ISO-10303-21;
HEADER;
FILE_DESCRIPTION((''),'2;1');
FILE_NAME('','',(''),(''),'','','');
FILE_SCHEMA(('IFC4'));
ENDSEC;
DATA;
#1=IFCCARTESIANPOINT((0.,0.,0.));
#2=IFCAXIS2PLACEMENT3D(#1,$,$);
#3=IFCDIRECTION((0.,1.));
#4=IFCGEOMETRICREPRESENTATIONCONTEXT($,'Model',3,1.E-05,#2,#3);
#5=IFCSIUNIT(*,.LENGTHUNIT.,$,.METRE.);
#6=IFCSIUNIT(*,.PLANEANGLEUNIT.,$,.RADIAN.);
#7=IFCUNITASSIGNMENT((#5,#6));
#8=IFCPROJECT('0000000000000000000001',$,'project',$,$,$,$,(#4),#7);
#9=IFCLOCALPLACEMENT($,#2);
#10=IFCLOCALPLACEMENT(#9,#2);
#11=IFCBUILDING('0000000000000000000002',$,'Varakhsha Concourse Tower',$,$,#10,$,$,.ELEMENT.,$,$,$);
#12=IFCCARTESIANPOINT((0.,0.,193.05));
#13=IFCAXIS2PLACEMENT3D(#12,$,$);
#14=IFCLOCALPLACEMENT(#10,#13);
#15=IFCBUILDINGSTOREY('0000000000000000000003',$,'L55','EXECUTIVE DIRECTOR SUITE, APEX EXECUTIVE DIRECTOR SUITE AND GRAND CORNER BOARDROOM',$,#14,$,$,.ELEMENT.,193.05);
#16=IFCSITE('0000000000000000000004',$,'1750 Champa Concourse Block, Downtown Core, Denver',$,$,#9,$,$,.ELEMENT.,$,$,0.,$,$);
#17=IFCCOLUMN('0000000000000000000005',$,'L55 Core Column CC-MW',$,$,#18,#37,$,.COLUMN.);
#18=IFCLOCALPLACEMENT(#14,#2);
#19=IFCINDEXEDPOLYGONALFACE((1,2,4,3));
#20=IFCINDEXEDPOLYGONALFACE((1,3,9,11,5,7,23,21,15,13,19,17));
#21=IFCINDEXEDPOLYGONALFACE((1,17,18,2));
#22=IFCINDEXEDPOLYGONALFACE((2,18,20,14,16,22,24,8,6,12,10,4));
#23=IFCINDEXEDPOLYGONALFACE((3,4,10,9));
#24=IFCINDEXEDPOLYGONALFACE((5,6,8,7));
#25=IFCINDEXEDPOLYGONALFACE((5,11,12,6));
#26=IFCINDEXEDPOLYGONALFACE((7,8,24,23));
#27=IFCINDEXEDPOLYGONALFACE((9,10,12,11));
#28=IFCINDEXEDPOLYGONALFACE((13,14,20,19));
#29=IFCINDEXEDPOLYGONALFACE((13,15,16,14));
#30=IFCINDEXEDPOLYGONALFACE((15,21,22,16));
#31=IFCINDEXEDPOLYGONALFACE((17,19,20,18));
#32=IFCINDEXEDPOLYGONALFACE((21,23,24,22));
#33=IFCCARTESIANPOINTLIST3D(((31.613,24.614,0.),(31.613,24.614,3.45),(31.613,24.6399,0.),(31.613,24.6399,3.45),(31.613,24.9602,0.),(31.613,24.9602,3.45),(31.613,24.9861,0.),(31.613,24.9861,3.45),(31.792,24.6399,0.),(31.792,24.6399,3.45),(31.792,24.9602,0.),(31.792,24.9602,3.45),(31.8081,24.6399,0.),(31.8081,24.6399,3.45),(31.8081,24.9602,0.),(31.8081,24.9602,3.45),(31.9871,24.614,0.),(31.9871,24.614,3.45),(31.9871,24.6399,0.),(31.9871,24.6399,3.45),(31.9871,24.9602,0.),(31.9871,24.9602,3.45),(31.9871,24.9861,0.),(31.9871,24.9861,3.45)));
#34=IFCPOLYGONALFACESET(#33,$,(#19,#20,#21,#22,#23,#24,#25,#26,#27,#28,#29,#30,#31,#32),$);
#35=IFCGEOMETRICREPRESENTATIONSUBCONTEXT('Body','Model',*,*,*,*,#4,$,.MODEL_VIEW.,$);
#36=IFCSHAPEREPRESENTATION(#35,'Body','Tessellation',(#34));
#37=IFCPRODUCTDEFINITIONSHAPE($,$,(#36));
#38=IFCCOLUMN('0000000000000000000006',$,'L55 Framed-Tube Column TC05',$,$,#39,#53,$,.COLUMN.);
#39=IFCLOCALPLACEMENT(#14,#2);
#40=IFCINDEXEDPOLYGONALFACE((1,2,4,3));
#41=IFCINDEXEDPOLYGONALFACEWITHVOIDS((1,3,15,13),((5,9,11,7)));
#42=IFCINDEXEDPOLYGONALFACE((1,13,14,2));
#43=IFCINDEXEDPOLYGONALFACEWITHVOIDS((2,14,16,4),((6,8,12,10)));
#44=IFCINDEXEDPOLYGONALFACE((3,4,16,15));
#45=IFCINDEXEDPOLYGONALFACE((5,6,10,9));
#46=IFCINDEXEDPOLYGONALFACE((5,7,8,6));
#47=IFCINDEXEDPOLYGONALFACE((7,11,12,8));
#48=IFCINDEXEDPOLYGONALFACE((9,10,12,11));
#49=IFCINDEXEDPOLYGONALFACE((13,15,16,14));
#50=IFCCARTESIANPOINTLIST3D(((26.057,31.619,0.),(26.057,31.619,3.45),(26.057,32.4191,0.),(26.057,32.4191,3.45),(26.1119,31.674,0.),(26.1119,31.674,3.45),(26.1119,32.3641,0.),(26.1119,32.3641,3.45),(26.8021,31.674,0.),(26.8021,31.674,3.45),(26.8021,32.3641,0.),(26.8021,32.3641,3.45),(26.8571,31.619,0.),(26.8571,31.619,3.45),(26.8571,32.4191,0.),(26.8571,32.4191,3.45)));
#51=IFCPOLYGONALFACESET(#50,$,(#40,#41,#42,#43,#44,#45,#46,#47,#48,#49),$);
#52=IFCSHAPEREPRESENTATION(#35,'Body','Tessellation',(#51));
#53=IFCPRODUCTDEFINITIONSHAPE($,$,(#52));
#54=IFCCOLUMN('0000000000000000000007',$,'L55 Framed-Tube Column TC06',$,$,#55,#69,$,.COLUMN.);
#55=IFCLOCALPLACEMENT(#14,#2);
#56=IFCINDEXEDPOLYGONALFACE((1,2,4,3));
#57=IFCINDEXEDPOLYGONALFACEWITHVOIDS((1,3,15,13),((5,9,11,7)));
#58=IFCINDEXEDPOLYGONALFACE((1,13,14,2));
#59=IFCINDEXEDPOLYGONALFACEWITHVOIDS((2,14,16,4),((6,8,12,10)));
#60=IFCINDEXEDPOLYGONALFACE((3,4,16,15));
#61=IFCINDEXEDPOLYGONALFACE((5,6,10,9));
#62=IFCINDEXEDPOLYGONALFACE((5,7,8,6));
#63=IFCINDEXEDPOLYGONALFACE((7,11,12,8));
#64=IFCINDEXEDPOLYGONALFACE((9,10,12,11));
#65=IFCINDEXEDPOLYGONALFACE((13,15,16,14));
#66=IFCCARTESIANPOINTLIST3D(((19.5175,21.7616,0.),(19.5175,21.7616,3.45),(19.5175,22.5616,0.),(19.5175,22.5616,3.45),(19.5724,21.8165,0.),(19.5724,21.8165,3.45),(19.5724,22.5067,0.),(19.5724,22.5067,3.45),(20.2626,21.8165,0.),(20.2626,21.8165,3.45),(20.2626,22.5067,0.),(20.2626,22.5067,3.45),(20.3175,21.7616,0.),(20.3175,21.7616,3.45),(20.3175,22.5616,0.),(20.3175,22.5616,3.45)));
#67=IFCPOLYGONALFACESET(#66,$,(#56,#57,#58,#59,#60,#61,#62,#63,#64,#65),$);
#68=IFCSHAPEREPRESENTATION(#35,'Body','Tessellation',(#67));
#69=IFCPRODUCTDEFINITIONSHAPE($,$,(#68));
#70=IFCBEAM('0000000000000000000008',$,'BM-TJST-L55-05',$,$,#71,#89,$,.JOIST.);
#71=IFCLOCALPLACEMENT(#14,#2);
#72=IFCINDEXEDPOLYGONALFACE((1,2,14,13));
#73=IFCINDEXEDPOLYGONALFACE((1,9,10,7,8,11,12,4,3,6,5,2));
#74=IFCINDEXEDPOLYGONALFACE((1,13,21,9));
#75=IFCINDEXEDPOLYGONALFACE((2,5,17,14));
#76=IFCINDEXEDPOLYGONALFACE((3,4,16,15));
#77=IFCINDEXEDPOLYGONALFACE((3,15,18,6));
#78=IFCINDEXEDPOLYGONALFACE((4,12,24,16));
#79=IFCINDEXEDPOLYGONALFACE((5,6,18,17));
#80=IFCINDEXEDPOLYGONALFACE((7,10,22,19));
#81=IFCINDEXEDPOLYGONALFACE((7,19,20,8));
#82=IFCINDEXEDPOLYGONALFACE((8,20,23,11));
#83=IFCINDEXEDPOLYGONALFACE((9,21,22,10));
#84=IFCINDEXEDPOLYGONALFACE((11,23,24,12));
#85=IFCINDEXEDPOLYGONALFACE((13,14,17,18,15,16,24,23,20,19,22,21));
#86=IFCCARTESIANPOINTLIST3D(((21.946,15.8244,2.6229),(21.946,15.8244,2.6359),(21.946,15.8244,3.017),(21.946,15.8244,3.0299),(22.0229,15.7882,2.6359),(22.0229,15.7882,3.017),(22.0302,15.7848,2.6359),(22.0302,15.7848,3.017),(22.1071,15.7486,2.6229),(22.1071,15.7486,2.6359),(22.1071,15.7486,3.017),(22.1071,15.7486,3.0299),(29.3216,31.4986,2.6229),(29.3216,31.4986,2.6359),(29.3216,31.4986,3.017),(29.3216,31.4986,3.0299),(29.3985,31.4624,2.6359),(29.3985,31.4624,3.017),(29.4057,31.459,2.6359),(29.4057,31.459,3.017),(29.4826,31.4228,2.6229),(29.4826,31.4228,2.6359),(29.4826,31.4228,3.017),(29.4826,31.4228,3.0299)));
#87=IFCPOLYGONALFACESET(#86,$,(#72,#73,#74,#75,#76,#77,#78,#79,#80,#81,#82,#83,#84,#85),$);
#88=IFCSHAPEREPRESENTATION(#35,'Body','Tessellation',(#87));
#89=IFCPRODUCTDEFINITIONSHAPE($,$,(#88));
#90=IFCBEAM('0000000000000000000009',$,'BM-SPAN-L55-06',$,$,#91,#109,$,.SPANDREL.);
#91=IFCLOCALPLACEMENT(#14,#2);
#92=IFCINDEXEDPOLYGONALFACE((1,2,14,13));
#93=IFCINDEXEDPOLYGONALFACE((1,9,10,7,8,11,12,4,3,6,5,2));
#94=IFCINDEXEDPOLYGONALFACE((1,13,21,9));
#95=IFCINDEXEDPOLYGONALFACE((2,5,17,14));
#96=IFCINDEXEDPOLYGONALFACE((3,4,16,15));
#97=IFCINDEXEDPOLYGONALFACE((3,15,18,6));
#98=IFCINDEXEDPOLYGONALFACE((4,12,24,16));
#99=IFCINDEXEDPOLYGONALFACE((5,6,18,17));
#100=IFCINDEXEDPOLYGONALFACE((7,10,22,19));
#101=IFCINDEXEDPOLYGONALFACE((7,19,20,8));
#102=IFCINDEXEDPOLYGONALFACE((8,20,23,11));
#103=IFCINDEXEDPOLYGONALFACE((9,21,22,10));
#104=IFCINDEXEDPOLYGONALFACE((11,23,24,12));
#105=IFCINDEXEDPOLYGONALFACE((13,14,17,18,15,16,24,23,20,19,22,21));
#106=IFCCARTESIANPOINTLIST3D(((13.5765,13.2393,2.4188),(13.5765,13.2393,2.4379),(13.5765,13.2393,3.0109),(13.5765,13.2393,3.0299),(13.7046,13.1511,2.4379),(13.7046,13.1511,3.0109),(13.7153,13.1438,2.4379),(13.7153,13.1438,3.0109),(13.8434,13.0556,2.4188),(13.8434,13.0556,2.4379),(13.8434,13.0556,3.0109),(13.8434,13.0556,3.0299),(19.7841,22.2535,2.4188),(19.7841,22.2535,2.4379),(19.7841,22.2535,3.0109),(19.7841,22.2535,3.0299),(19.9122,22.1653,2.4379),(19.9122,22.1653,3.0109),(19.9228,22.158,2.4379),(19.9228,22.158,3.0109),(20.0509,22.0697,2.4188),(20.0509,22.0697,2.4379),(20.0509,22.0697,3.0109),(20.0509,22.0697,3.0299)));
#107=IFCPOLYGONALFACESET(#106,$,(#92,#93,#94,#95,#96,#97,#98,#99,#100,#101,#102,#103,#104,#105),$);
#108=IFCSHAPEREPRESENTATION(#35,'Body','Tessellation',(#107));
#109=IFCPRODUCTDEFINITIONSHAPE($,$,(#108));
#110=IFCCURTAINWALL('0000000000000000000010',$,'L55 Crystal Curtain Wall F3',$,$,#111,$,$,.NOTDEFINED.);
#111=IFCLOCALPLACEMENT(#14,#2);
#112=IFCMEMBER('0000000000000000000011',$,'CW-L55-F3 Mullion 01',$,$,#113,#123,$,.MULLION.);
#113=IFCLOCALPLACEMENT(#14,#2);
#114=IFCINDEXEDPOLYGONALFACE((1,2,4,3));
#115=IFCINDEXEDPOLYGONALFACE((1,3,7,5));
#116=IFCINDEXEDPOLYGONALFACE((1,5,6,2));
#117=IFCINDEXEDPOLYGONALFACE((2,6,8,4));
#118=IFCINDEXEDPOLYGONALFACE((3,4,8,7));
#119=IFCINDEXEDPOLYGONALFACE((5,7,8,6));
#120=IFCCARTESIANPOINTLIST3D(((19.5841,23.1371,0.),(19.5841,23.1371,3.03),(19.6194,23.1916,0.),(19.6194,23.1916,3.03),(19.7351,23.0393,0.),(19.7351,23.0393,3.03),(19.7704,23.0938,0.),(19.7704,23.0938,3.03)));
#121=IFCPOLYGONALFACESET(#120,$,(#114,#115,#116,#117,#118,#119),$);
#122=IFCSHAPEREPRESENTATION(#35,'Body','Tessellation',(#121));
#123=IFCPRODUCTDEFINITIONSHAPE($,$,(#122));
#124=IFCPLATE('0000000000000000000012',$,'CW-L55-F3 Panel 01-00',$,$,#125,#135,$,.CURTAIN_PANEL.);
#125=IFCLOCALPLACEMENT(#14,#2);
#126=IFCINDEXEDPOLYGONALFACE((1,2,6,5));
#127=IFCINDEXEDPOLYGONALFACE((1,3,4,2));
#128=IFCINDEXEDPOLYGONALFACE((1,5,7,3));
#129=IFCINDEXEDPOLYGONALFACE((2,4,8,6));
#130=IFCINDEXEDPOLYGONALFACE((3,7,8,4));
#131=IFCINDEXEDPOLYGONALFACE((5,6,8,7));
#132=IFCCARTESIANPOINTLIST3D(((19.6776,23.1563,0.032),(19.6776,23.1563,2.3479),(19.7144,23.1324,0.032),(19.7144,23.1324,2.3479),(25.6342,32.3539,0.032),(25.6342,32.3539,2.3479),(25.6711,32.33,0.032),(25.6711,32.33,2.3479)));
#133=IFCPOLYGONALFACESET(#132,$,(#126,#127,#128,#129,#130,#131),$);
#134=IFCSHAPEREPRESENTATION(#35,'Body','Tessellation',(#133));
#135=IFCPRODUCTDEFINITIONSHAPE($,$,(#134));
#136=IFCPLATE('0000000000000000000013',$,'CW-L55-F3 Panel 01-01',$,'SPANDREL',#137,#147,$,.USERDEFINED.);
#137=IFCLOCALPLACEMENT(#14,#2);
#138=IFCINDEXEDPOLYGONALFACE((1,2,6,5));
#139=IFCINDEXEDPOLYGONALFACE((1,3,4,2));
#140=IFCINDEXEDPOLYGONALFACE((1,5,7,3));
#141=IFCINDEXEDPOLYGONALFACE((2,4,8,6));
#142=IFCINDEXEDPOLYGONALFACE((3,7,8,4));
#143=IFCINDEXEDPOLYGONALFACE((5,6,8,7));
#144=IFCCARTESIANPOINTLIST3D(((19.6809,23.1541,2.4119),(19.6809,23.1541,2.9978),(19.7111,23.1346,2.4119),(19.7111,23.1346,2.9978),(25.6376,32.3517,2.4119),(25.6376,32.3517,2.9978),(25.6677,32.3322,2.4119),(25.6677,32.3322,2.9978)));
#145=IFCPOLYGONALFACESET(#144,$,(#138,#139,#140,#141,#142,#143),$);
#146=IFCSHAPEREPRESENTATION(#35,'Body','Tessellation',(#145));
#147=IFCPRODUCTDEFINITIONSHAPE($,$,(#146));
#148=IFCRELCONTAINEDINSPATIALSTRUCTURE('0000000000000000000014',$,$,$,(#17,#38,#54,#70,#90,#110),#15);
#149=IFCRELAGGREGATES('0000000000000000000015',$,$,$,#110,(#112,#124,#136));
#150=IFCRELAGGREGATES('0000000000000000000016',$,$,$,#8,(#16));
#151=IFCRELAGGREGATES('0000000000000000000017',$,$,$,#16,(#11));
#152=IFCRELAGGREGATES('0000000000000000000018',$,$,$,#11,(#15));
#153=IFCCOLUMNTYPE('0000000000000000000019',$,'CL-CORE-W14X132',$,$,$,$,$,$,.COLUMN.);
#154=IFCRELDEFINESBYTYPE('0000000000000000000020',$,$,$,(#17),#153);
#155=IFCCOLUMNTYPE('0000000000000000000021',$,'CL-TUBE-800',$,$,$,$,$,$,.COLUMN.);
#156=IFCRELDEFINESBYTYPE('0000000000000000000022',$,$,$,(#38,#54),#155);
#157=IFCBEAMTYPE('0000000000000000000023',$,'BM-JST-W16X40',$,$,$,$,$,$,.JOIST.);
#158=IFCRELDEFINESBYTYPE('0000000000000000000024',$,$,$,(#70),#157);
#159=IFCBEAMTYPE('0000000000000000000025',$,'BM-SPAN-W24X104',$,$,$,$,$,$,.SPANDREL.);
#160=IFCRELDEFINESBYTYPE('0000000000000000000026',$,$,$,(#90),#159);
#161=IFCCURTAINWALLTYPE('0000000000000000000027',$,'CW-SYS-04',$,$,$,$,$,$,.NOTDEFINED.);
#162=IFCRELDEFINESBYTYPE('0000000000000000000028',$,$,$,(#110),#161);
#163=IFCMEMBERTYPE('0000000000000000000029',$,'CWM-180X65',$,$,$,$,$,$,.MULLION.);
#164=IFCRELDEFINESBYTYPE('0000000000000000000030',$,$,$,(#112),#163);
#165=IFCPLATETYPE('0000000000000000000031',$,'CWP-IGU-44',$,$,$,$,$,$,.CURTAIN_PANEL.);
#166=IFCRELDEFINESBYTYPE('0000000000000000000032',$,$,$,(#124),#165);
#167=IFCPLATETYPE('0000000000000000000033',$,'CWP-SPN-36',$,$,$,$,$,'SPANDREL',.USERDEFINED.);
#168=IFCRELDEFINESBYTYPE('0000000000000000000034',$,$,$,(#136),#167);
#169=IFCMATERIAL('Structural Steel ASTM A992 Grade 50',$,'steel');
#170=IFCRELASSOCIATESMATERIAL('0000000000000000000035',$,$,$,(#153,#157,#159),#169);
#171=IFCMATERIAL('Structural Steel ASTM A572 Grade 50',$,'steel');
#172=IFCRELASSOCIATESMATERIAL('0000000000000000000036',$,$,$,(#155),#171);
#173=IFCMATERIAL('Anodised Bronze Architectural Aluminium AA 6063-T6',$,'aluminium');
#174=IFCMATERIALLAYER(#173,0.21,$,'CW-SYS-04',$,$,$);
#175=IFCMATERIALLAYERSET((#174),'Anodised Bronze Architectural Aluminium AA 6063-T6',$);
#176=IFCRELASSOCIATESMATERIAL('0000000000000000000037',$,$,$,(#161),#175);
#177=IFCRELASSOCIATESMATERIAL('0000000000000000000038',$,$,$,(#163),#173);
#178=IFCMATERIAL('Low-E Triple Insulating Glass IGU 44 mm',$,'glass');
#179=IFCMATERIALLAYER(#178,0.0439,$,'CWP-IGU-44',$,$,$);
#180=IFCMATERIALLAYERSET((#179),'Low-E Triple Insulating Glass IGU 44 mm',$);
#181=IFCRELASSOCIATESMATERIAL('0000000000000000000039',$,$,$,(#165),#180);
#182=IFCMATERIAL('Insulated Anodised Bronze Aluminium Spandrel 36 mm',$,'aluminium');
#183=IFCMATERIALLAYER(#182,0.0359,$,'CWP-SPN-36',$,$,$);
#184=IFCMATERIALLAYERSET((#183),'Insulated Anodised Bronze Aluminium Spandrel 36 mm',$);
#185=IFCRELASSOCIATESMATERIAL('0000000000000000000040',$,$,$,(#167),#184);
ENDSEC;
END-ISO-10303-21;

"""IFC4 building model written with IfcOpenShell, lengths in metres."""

from ifc_helpers import new_model, si_unit, direction, frame, origin, origin_2d, place, context, subcontext, project, spatial, rectangle, hollow_rectangle, i_section, extrude, source, transform, mapped, material, layer, layer_set, material_profile, profile_set, type_object, type_shapes, element, aggregate, save


model = new_model("IFC4")

# Units and contexts
model_context = context("Model", 3, precision=1e-05, world=origin(), true_north=direction((0.0, 1.0)))
body_context = subcontext(model_context, "Body", "Model", "MODEL_VIEW")
ifc_project = project(units=[si_unit("LENGTHUNIT", "METRE"), si_unit("PLANEANGLEUNIT", "RADIAN")], contexts=[model_context])

# Site, building, storey
site_placement = place(None, origin())
site = spatial("IfcSite", under=ifc_project, at=site_placement, Name="1750 Champa Concourse Block, Downtown Core, Denver", CompositionType="ELEMENT", RefElevation=0.0)
building_placement = place(site_placement, origin())
building = spatial("IfcBuilding", under=site, at=building_placement, Name="Varakhsha Concourse Tower", CompositionType="ELEMENT")
storey_placement = place(building_placement, frame((0.0, 0.0, 193.05)))
storey = spatial("IfcBuildingStorey", under=building, at=storey_placement, Name="L55", Description="EXECUTIVE DIRECTOR SUITE, APEX EXECUTIVE DIRECTOR SUITE AND GRAND CORNER BOARDROOM", CompositionType="ELEMENT", Elevation=193.05)

# Columns
ifc_material_1 = material(Name="Structural Steel ASTM A992 Grade 50", Category="steel")
ifc_material_profile_1 = material_profile(ifc_material_1, i_section(OverallWidth=0.374, OverallDepth=0.3721, WebThickness=0.0161, FlangeThickness=0.0259, at=origin_2d()), Name="W14X132")
ifc_profile_set_1 = profile_set([ifc_material_profile_1], Name="Structural Steel ASTM A992 Grade 50")
column_type_1 = type_object("IfcColumnType", Name="CL-CORE-W14X132", PredefinedType="COLUMN", material=ifc_profile_set_1)
column_placement = place(storey_placement, frame((31.8, 24.8, 0.0), z_axis=(0.0, 0.0, 1.0), x_axis=(1.0, 0.0, 0.0)))
element("IfcColumn", 1, at=column_placement, inside=storey, type_object=column_type_1, Name="L55 Core Column CC-MW", PredefinedType="COLUMN", context=body_context, shape_type="SweptSolid", body=[
    extrude(i_section(OverallWidth=0.374, OverallDepth=0.3721, WebThickness=0.0161, FlangeThickness=0.0259, at=origin_2d()), origin(), (0.0, 0.0, 1.0), 3.45),
])
ifc_material_2 = material(Name="Structural Steel ASTM A572 Grade 50", Category="steel")
ifc_material_profile_2 = material_profile(ifc_material_2, hollow_rectangle(XDim=0.8, YDim=0.8, WallThickness=0.0549, at=origin_2d()), Name="BOX 800x800x55")
ifc_profile_set_2 = profile_set([ifc_material_profile_2], Name="Structural Steel ASTM A572 Grade 50")
column_type_2 = type_object("IfcColumnType", Name="CL-TUBE-800", PredefinedType="COLUMN", material=ifc_profile_set_2)
for number, where, z_axis, x_axis, name in (
    (2, (26.457, 32.019, 0.0), (0.0, 0.0, 1.0), (1.0, 0.0, 0.0), "L55 Framed-Tube Column TC05"),
    (3, (19.9175, 22.1616, 0.0), (0.0, 0.0, 1.0), (1.0, 0.0, 0.0), "L55 Framed-Tube Column TC06"),
):
    element("IfcColumn", number, at=place(storey_placement, frame(where, z_axis=z_axis, x_axis=x_axis)), inside=storey, type_object=column_type_2, Name=name, PredefinedType="COLUMN", context=body_context, shape_type="SweptSolid", body=[
        extrude(hollow_rectangle(XDim=0.8, YDim=0.8, WallThickness=0.0549, at=origin_2d()), origin(), (0.0, 0.0, 1.0), 3.45),
    ])

# Beams
ifc_material_profile_3 = material_profile(ifc_material_1, i_section(OverallWidth=0.178, OverallDepth=0.407, WebThickness=0.0081, FlangeThickness=0.0129, at=origin_2d()), Name="W16X40")
ifc_profile_set_3 = profile_set([ifc_material_profile_3], Name="Structural Steel ASTM A992 Grade 50")
beam_type_1 = type_object("IfcBeamType", Name="BM-JST-W16X40", PredefinedType="JOIST", material=ifc_profile_set_3)
beam_1_placement = place(storey_placement, frame((29.4021, 31.4607, 2.8264), z_axis=(-0.425771, -0.904831, 0.0), x_axis=(0.904831, -0.425771, 0.0)))
element("IfcBeam", 4, at=beam_1_placement, inside=storey, type_object=beam_type_1, Name="BM-TJST-L55-05", PredefinedType="JOIST", context=body_context, shape_type="SweptSolid", body=[
    extrude(i_section(OverallWidth=0.178, OverallDepth=0.407, WebThickness=0.0081, FlangeThickness=0.0129, at=origin_2d()), origin(), (0.0, 0.0, 1.0), 17.3228),
])
ifc_material_profile_4 = material_profile(ifc_material_1, i_section(OverallWidth=0.324, OverallDepth=0.6111, WebThickness=0.0129, FlangeThickness=0.019, at=origin_2d()), Name="W24X104")
ifc_profile_set_4 = profile_set([ifc_material_profile_4], Name="Structural Steel ASTM A992 Grade 50")
beam_type_2 = type_object("IfcBeamType", Name="BM-SPAN-W24X104", PredefinedType="SPANDREL", material=ifc_profile_set_4)
beam_2_placement = place(storey_placement, frame((19.9175, 22.1616, 2.7244), z_axis=(-0.567167, -0.823603, 0.0), x_axis=(0.823603, -0.567167, 0.0)))
element("IfcBeam", 5, at=beam_2_placement, inside=storey, type_object=beam_type_2, Name="BM-SPAN-L55-06", PredefinedType="SPANDREL", context=body_context, shape_type="SweptSolid", body=[
    extrude(i_section(OverallWidth=0.324, OverallDepth=0.6111, WebThickness=0.0129, FlangeThickness=0.019, at=origin_2d()), origin(), (0.0, 0.0, 1.0), 10.9448),
])

# Curtain wall, member, plates
ifc_material_3 = material(Name="Anodised Bronze Architectural Aluminium AA 6063-T6", Category="aluminium")
ifc_layer_1 = layer(ifc_material_3, 0.21, Name="CW-SYS-04")
ifc_layer_set_1 = layer_set([ifc_layer_1], Name="Anodised Bronze Architectural Aluminium AA 6063-T6")
curtain_wall_type = type_object("IfcCurtainWallType", Name="CW-SYS-04", PredefinedType="NOTDEFINED", material=ifc_layer_set_1)
curtain_wall_placement = place(storey_placement, origin())
curtain_wall = element("IfcCurtainWall", 6, at=curtain_wall_placement, inside=storey, type_object=curtain_wall_type, Name="L55 Crystal Curtain Wall F3", PredefinedType="NOTDEFINED")
ifc_material_profile_5 = material_profile(ifc_material_3, rectangle(XDim=0.0649, YDim=0.1799, at=origin_2d()), Name="CWM-180X65")
ifc_profile_set_5 = profile_set([ifc_material_profile_5], Name="Anodised Bronze Architectural Aluminium AA 6063-T6")
member_type = type_object("IfcMemberType", Name="CWM-180X65", PredefinedType="MULLION", material=ifc_profile_set_5)
shared_shape_1 = source(origin(), body_context, "Body", "SweptSolid", [
    extrude(rectangle(XDim=0.0649, YDim=0.1799, at=origin_2d()), origin(), (0.0, 0.0, 1.0), 3.03),
])
type_shapes(member_type, [shared_shape_1])
member_placement = place(storey_placement, frame((19.6772, 23.1155, 0.0), z_axis=(0.0, 0.0, 1.0), x_axis=(0.543588, 0.839352, 0.0)))
member = element("IfcMember", 7, at=member_placement, type_object=member_type, Name="CW-L55-F3 Mullion 01", PredefinedType="MULLION", context=body_context, shape_type="MappedRepresentation", body=[
    mapped(shared_shape_1, transform((0.0, 0.0, 0.0), scale=1.0)),
])
ifc_material_4 = material(Name="Low-E Triple Insulating Glass IGU 44 mm", Category="glass")
ifc_layer_2 = layer(ifc_material_4, 0.0439, Name="CWP-IGU-44")
ifc_layer_set_2 = layer_set([ifc_layer_2], Name="Low-E Triple Insulating Glass IGU 44 mm")
plate_type_1 = type_object("IfcPlateType", Name="CWP-IGU-44", PredefinedType="CURTAIN_PANEL", material=ifc_layer_set_2)
shared_shape_2 = source(origin(), body_context, "Body", "SweptSolid", [
    extrude(rectangle(XDim=10.958, YDim=0.0439, at=origin_2d()), origin(), (0.0, 0.0, 1.0), 2.3159),
])
type_shapes(plate_type_1, [shared_shape_2])
plate_1_placement = place(storey_placement, frame((22.6743, 27.7432, 0.032), z_axis=(0.0, 0.0, 1.0), x_axis=(0.543588, 0.839352, 0.0)))
plate_1 = element("IfcPlate", 8, at=plate_1_placement, type_object=plate_type_1, Name="CW-L55-F3 Panel 01-00", PredefinedType="CURTAIN_PANEL", context=body_context, shape_type="MappedRepresentation", body=[
    mapped(shared_shape_2, transform((0.0, 0.0, 0.0), scale=1.0)),
])
ifc_material_5 = material(Name="Insulated Anodised Bronze Aluminium Spandrel 36 mm", Category="aluminium")
ifc_layer_3 = layer(ifc_material_5, 0.0359, Name="CWP-SPN-36")
ifc_layer_set_3 = layer_set([ifc_layer_3], Name="Insulated Anodised Bronze Aluminium Spandrel 36 mm")
plate_type_2 = type_object("IfcPlateType", Name="CWP-SPN-36", ElementType="SPANDREL", PredefinedType="USERDEFINED", material=ifc_layer_set_3)
shared_shape_3 = source(origin(), body_context, "Body", "SweptSolid", [
    extrude(rectangle(XDim=10.958, YDim=0.0359, at=origin_2d()), origin(), (0.0, 0.0, 1.0), 0.5859),
])
type_shapes(plate_type_2, [shared_shape_3])
plate_2_placement = place(storey_placement, frame((22.6743, 27.7432, 2.4119), z_axis=(0.0, 0.0, 1.0), x_axis=(0.543588, 0.839352, 0.0)))
plate_2 = element("IfcPlate", 9, at=plate_2_placement, type_object=plate_type_2, Name="CW-L55-F3 Panel 01-01", ObjectType="SPANDREL", PredefinedType="USERDEFINED", context=body_context, shape_type="MappedRepresentation", body=[
    mapped(shared_shape_3, transform((0.0, 0.0, 0.0), scale=1.0)),
])
aggregate(curtain_wall, [member, plate_1, plate_2])

save(model, "model.ifc")
